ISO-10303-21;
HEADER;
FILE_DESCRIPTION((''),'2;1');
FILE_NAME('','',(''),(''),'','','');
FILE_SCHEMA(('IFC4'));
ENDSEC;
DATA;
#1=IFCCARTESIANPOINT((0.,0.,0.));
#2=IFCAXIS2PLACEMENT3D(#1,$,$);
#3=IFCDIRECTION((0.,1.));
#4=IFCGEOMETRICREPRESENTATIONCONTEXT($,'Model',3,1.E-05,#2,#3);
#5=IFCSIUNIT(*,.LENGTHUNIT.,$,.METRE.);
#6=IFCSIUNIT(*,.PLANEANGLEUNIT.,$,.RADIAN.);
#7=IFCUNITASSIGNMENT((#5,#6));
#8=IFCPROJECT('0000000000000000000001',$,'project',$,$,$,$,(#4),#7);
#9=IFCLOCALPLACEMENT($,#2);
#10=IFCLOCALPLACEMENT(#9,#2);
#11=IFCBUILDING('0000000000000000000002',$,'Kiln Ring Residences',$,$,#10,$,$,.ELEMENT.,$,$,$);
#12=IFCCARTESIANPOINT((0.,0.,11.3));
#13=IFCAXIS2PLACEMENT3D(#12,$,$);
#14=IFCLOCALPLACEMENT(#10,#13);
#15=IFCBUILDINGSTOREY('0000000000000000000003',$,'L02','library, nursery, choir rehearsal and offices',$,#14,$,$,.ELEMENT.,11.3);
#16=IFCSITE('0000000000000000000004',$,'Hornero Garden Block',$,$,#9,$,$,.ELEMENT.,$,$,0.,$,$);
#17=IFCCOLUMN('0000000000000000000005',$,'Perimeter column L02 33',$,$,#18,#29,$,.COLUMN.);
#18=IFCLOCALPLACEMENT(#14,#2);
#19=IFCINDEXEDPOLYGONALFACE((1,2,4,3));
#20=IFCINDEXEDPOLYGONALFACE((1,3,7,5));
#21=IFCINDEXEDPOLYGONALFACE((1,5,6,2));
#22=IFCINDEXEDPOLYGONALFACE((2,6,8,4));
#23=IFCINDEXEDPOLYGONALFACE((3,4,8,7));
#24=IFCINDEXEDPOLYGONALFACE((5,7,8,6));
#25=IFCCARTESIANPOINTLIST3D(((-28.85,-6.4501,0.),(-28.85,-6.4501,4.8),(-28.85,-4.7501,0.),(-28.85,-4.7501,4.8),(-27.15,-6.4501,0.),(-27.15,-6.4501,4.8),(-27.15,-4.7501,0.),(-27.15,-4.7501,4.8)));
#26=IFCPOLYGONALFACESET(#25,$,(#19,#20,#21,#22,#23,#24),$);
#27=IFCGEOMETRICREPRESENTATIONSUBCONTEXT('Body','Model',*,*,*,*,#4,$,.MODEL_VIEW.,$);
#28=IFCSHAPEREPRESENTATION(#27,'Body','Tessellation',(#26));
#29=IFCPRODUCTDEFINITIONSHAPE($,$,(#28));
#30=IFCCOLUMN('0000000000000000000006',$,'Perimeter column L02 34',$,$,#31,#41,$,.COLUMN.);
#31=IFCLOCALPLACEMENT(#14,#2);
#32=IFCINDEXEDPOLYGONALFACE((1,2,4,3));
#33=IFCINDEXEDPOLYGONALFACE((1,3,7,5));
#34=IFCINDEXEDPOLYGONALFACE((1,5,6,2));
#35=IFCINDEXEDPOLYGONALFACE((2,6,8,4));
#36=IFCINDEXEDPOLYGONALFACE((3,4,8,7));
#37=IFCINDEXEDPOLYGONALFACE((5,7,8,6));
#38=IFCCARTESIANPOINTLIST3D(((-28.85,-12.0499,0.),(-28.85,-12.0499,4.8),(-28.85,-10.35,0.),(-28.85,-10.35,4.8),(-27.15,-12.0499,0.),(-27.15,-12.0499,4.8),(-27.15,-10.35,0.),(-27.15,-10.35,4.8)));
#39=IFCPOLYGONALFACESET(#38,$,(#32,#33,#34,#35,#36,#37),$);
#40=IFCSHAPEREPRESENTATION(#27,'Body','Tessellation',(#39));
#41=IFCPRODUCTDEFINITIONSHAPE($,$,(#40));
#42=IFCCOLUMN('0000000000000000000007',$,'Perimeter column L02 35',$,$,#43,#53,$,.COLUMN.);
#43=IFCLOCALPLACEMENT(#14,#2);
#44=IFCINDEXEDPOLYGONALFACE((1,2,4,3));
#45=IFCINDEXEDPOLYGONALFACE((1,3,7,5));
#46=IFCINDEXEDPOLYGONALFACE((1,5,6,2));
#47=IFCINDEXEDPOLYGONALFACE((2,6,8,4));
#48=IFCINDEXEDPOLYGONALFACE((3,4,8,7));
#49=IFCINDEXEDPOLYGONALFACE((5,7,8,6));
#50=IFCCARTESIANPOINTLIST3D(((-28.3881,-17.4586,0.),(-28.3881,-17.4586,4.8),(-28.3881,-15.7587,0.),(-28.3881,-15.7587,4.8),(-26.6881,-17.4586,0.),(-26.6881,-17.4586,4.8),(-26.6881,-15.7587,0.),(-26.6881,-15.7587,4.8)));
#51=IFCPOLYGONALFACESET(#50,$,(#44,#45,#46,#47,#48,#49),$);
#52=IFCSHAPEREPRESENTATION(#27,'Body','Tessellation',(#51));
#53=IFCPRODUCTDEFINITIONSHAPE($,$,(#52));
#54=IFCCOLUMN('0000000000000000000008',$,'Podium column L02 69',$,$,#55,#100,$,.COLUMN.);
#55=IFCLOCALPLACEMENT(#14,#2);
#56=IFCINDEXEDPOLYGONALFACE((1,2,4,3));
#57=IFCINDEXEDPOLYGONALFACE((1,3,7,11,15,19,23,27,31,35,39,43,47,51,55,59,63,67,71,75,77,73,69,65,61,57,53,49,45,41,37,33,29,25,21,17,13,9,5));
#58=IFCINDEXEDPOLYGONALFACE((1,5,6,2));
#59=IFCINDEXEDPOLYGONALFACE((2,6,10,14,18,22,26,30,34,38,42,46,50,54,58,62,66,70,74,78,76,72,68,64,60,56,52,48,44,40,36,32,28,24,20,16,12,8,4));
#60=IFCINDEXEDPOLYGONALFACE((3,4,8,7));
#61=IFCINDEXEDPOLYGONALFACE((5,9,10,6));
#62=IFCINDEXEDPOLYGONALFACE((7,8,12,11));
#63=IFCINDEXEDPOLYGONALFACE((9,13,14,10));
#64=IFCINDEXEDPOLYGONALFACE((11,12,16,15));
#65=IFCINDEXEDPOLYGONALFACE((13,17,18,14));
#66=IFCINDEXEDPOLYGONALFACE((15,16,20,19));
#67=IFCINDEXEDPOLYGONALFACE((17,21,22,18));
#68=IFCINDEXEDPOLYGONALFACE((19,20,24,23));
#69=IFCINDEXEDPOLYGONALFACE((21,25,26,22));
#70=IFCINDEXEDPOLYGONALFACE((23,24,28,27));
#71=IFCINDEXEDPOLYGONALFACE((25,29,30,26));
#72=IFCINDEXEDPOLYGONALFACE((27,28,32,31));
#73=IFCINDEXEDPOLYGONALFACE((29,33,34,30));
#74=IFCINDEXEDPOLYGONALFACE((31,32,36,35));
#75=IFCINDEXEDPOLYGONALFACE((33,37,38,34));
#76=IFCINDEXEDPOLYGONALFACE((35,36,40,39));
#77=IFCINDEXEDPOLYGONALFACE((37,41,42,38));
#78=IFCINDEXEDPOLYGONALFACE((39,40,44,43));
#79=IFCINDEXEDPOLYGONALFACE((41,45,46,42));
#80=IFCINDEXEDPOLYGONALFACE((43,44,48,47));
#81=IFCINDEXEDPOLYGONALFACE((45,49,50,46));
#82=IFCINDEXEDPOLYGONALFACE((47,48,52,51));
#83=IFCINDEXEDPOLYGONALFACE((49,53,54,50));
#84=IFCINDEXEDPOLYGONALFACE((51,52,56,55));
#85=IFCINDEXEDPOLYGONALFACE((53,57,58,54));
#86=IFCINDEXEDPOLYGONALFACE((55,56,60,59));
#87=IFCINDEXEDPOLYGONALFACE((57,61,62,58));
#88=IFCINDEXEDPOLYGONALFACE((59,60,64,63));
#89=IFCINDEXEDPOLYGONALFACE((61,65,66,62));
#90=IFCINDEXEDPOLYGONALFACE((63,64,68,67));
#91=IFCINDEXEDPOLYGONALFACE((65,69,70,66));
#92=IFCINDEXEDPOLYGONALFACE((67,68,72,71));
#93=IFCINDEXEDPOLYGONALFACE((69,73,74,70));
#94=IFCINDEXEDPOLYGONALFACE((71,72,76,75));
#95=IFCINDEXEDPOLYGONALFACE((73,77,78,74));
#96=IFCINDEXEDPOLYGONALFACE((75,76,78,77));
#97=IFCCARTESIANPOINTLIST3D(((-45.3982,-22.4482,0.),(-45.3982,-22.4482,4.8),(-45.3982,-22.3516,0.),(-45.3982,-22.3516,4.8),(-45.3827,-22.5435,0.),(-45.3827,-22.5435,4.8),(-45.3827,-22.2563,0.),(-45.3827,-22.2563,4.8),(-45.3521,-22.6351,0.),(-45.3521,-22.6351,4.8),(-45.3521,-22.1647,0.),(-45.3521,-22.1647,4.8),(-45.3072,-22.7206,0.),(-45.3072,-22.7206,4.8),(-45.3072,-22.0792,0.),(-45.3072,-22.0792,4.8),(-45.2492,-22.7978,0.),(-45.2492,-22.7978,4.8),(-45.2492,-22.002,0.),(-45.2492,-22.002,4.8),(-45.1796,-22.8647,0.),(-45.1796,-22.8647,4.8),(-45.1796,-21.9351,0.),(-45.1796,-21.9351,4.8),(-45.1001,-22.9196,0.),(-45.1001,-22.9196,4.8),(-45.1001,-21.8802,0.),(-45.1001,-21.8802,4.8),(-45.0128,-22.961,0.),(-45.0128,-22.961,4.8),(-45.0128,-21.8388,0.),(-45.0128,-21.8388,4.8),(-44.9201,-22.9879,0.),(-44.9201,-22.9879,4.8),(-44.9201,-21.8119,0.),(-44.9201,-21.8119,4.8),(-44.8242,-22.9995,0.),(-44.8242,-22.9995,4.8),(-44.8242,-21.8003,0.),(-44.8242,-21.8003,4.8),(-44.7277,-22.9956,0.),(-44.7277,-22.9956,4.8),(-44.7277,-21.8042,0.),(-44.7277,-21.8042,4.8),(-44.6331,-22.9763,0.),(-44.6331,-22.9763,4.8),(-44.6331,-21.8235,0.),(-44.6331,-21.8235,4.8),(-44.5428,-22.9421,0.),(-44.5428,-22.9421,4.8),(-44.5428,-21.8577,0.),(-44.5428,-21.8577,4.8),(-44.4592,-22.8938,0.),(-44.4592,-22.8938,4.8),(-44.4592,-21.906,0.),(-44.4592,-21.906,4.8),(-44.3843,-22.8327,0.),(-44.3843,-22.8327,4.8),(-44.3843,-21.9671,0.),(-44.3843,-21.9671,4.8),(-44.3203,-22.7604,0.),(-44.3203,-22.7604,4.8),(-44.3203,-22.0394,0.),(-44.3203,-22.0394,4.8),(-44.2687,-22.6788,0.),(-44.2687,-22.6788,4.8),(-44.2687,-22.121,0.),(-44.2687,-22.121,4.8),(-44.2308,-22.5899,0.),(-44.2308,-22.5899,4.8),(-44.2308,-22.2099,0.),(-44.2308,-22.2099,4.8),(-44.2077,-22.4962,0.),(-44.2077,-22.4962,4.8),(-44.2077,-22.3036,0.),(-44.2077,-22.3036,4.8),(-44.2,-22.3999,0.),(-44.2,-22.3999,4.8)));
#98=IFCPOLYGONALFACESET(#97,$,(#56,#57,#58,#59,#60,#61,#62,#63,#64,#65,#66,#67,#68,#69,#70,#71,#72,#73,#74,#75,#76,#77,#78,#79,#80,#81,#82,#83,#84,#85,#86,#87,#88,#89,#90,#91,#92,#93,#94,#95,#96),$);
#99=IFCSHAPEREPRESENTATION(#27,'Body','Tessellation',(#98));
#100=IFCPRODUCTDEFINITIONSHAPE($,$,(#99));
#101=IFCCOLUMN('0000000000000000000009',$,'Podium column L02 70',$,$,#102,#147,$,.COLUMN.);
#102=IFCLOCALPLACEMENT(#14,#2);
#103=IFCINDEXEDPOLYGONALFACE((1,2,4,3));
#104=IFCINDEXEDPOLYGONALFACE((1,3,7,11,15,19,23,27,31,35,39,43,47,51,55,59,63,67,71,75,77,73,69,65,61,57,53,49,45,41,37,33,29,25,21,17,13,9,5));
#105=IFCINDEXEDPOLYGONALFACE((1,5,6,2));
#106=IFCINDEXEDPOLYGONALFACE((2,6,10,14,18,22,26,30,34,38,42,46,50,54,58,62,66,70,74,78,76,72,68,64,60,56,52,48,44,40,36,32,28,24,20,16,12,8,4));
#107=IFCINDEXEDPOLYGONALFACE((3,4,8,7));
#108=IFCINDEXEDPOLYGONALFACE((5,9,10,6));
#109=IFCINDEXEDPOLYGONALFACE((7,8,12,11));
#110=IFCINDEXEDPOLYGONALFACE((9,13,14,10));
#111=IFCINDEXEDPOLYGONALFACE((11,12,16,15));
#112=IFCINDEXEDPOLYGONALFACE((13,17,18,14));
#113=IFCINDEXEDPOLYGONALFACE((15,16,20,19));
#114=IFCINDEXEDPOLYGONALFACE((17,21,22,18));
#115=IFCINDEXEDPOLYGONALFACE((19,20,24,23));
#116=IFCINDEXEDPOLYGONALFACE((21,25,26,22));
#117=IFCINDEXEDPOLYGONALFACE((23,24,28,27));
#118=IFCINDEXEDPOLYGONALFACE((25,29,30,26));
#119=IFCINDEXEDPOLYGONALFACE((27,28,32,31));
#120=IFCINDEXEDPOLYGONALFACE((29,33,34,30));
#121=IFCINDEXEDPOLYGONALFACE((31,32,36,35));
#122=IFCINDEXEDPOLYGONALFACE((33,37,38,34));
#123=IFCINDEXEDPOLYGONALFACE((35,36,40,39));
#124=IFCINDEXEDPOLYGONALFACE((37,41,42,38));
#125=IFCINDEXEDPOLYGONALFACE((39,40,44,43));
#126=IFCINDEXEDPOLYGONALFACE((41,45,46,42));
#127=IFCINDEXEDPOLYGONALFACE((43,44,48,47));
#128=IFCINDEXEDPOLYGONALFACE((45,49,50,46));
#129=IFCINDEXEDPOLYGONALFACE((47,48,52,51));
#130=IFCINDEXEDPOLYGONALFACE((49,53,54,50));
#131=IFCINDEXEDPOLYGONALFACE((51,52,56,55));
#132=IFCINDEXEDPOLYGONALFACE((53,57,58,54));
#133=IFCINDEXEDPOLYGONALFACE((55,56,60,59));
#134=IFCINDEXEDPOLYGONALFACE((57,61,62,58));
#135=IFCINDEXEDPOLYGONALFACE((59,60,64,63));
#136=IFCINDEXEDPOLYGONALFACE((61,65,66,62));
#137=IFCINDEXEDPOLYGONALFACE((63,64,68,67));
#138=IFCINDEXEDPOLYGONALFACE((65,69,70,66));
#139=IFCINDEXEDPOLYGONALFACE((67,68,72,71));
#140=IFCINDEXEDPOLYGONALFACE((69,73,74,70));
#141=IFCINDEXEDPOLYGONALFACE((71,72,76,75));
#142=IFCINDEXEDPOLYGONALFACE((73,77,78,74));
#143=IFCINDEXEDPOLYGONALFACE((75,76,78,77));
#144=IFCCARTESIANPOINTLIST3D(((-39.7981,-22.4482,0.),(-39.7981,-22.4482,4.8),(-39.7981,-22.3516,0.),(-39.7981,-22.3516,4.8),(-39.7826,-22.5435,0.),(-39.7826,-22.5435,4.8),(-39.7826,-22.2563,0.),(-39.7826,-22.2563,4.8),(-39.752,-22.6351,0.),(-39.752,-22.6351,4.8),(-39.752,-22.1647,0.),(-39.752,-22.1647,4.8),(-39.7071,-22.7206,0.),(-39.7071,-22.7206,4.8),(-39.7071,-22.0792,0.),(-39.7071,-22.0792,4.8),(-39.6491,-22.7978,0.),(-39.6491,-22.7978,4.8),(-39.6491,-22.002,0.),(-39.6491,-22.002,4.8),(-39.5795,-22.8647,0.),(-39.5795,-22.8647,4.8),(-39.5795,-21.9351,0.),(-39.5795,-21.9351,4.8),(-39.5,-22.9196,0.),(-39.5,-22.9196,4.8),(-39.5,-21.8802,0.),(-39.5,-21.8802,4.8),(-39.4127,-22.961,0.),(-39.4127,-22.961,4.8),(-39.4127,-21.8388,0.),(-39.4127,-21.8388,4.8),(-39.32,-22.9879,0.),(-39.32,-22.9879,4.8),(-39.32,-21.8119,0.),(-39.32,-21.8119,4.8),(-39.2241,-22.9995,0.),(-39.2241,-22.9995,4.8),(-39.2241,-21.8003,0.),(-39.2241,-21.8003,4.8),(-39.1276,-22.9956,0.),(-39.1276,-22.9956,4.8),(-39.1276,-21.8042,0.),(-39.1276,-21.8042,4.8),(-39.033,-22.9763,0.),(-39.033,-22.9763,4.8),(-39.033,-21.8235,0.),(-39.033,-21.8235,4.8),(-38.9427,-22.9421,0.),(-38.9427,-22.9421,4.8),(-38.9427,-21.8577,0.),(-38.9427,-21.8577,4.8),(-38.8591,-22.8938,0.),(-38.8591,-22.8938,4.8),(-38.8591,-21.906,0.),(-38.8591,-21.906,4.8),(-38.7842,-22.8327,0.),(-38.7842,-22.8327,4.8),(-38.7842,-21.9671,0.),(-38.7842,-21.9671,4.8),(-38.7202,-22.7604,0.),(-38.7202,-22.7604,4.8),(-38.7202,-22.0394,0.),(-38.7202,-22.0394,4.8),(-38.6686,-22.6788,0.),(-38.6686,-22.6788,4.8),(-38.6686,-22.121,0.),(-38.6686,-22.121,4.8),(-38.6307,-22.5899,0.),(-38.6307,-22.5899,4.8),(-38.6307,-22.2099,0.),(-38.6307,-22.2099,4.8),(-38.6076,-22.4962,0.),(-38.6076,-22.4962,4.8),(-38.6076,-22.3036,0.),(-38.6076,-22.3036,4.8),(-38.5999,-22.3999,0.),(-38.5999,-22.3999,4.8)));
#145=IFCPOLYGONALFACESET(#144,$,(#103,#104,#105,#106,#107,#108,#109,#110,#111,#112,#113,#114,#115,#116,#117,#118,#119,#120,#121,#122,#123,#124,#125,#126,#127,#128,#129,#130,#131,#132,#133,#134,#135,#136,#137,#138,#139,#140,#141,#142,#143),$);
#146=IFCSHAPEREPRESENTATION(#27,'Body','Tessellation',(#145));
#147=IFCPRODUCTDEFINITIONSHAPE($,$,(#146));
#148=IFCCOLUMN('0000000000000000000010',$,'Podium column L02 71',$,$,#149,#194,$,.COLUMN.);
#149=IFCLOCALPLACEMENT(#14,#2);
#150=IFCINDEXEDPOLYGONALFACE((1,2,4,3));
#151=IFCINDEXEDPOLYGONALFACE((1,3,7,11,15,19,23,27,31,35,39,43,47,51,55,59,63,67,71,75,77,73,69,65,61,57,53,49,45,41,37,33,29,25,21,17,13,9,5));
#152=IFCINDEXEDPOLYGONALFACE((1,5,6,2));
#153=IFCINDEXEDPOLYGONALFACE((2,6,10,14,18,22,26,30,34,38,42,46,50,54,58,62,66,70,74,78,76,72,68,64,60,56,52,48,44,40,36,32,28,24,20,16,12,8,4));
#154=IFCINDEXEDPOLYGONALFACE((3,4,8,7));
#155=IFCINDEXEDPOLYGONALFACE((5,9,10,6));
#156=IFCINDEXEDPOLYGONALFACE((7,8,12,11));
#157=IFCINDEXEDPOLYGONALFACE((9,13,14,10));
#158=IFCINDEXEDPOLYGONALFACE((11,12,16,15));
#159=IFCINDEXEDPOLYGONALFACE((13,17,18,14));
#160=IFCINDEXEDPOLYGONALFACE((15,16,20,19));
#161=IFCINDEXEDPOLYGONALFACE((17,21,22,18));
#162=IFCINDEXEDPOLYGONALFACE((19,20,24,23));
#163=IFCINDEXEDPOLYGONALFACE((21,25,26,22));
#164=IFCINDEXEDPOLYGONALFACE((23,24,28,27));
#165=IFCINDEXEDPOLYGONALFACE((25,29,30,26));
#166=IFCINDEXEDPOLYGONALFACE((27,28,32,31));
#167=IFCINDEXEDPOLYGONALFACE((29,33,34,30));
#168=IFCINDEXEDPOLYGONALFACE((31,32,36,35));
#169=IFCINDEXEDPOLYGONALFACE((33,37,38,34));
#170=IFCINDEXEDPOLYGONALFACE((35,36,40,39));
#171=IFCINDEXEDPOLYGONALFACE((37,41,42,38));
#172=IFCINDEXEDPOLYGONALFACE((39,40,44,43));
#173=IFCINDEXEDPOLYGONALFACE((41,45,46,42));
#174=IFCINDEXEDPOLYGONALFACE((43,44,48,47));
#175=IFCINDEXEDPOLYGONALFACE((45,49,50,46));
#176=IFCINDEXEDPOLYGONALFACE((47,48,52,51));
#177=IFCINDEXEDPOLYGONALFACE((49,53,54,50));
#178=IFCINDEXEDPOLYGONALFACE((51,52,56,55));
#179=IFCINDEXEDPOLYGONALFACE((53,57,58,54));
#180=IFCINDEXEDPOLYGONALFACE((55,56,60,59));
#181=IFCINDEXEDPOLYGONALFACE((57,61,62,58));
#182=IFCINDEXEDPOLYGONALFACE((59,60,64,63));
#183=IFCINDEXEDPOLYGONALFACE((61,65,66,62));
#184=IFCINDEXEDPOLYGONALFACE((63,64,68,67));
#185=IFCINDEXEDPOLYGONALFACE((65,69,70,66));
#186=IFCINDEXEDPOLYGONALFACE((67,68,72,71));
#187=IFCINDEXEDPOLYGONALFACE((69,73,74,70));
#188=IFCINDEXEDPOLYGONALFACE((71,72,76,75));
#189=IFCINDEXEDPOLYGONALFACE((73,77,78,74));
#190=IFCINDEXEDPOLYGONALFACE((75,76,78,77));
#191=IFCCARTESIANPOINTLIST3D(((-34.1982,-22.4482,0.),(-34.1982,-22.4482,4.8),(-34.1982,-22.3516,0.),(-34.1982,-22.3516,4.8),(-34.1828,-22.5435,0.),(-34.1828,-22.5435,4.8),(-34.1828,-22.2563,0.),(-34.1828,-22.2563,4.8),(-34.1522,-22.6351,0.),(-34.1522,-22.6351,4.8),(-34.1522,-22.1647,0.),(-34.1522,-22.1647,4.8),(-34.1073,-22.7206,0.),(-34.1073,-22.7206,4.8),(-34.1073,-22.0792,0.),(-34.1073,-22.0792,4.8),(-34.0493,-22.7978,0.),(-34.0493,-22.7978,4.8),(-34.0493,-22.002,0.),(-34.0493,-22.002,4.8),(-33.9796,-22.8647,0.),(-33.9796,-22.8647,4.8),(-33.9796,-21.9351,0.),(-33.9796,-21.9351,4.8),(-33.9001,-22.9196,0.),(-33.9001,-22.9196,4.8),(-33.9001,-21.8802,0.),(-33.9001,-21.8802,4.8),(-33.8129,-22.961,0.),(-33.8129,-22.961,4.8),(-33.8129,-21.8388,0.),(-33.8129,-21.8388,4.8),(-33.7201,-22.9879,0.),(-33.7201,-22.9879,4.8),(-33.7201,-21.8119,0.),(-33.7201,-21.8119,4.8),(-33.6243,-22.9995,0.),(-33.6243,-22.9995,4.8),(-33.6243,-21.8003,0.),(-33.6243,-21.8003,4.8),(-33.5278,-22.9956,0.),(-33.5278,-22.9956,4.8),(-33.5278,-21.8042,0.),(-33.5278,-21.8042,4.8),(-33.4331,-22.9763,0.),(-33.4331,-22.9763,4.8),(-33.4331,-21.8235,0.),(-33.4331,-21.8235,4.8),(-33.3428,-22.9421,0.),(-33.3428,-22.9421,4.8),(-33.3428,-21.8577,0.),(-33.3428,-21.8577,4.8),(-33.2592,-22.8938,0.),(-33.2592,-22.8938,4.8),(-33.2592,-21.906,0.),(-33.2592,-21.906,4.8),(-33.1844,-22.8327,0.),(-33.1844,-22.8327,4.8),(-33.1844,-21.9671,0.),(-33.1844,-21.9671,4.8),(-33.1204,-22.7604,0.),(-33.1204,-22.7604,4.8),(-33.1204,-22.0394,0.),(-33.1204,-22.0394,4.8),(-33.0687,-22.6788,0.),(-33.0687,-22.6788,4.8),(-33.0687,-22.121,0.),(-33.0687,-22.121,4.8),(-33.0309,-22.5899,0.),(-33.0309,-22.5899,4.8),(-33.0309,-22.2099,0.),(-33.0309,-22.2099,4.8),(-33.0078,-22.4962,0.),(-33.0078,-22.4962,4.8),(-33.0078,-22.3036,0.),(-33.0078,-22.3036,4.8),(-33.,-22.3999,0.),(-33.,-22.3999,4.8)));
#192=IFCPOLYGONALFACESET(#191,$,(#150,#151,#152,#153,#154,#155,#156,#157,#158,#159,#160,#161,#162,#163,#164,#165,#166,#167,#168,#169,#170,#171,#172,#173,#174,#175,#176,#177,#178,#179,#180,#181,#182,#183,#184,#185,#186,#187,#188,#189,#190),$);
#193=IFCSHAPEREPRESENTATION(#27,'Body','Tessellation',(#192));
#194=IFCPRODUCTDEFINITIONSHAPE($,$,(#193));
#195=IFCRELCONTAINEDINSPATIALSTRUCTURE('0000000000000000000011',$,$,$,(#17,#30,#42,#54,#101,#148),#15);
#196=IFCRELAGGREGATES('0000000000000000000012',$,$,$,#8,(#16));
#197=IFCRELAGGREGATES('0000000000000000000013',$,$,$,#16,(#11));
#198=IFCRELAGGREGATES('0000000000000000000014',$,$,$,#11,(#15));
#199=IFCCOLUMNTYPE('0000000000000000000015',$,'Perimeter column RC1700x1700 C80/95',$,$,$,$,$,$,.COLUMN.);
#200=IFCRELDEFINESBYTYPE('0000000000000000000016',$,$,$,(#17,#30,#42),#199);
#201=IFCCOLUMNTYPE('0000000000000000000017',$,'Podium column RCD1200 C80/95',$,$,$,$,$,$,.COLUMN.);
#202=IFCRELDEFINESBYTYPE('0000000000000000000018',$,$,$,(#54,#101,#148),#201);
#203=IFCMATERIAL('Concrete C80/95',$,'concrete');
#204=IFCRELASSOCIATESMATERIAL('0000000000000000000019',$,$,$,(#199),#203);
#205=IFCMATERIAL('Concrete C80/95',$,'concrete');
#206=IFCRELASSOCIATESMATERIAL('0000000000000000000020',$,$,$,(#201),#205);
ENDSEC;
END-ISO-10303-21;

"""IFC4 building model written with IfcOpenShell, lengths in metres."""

from ifc_helpers import new_model, si_unit, direction, frame, origin, origin_2d, place, context, subcontext, project, spatial, rectangle, circle, extrude, material, material_profile, profile_set, type_object, element, save


model = new_model("IFC4")

# Units and contexts
model_context = context("Model", 3, precision=1e-05, world=origin(), true_north=direction((0.0, 1.0)))
body_context = subcontext(model_context, "Body", "Model", "MODEL_VIEW")
ifc_project = project(units=[si_unit("LENGTHUNIT", "METRE"), si_unit("PLANEANGLEUNIT", "RADIAN")], contexts=[model_context])

# Site, building, storey
site_placement = place(None, origin())
site = spatial("IfcSite", under=ifc_project, at=site_placement, Name="Hornero Garden Block", CompositionType="ELEMENT", RefElevation=0.0)
building_placement = place(site_placement, origin())
building = spatial("IfcBuilding", under=site, at=building_placement, Name="Kiln Ring Residences", CompositionType="ELEMENT")
storey_placement = place(building_placement, frame((0.0, 0.0, 11.3)))
storey = spatial("IfcBuildingStorey", under=building, at=storey_placement, Name="L02", Description="library, nursery, choir rehearsal and offices", CompositionType="ELEMENT", Elevation=11.3)

# Columns
ifc_material_1 = material(Name="Concrete C80/95", Category="concrete")
ifc_material_profile_1 = material_profile(ifc_material_1, rectangle(XDim=1.7, YDim=1.7, at=origin_2d()), Name="RC1700x1700")
ifc_profile_set_1 = profile_set([ifc_material_profile_1], Name="Concrete C80/95")
column_type_1 = type_object("IfcColumnType", Name="Perimeter column RC1700x1700 C80/95", PredefinedType="COLUMN", material=ifc_profile_set_1)
for number, where, z_axis, x_axis, name in (
    (1, (-28.0, -5.6001, 0.0), (0.0, 0.0, 1.0), (1.0, 0.0, 0.0), "Perimeter column L02 33"),
    (2, (-28.0, -11.2, 0.0), (0.0, 0.0, 1.0), (1.0, 0.0, 0.0), "Perimeter column L02 34"),
    (3, (-27.5381, -16.6086, 0.0), (0.0, 0.0, 1.0), (1.0, 0.0, 0.0), "Perimeter column L02 35"),
):
    element("IfcColumn", number, at=place(storey_placement, frame(where, z_axis=z_axis, x_axis=x_axis)), inside=storey, type_object=column_type_1, Name=name, PredefinedType="COLUMN", context=body_context, shape_type="SweptSolid", body=[
        extrude(rectangle(XDim=1.7, YDim=1.7, at=origin_2d()), origin(), (0.0, 0.0, 1.0), 4.8),
    ])
ifc_material_2 = material(Name="Concrete C80/95", Category="concrete")
ifc_material_profile_2 = material_profile(ifc_material_2, circle(Radius=0.6001, at=origin_2d()), Name="RCD1200")
ifc_profile_set_2 = profile_set([ifc_material_profile_2], Name="Concrete C80/95")
column_type_2 = type_object("IfcColumnType", Name="Podium column RCD1200 C80/95", PredefinedType="COLUMN", material=ifc_profile_set_2)
for number, where, z_axis, x_axis, name in (
    (4, (-44.8, -22.3999, 0.0), (0.0, 0.0, 1.0), (1.0, 0.0, 0.0), "Podium column L02 69"),
    (5, (-39.2, -22.3999, 0.0), (0.0, 0.0, 1.0), (1.0, 0.0, 0.0), "Podium column L02 70"),
    (6, (-33.6001, -22.3999, 0.0), (0.0, 0.0, 1.0), (1.0, 0.0, 0.0), "Podium column L02 71"),
):
    element("IfcColumn", number, at=place(storey_placement, frame(where, z_axis=z_axis, x_axis=x_axis)), inside=storey, type_object=column_type_2, Name=name, PredefinedType="COLUMN", context=body_context, shape_type="SweptSolid", body=[
        extrude(circle(Radius=0.6001, at=origin_2d()), origin(), (0.0, 0.0, 1.0), 4.8),
    ])

save(model, "model.ifc")
